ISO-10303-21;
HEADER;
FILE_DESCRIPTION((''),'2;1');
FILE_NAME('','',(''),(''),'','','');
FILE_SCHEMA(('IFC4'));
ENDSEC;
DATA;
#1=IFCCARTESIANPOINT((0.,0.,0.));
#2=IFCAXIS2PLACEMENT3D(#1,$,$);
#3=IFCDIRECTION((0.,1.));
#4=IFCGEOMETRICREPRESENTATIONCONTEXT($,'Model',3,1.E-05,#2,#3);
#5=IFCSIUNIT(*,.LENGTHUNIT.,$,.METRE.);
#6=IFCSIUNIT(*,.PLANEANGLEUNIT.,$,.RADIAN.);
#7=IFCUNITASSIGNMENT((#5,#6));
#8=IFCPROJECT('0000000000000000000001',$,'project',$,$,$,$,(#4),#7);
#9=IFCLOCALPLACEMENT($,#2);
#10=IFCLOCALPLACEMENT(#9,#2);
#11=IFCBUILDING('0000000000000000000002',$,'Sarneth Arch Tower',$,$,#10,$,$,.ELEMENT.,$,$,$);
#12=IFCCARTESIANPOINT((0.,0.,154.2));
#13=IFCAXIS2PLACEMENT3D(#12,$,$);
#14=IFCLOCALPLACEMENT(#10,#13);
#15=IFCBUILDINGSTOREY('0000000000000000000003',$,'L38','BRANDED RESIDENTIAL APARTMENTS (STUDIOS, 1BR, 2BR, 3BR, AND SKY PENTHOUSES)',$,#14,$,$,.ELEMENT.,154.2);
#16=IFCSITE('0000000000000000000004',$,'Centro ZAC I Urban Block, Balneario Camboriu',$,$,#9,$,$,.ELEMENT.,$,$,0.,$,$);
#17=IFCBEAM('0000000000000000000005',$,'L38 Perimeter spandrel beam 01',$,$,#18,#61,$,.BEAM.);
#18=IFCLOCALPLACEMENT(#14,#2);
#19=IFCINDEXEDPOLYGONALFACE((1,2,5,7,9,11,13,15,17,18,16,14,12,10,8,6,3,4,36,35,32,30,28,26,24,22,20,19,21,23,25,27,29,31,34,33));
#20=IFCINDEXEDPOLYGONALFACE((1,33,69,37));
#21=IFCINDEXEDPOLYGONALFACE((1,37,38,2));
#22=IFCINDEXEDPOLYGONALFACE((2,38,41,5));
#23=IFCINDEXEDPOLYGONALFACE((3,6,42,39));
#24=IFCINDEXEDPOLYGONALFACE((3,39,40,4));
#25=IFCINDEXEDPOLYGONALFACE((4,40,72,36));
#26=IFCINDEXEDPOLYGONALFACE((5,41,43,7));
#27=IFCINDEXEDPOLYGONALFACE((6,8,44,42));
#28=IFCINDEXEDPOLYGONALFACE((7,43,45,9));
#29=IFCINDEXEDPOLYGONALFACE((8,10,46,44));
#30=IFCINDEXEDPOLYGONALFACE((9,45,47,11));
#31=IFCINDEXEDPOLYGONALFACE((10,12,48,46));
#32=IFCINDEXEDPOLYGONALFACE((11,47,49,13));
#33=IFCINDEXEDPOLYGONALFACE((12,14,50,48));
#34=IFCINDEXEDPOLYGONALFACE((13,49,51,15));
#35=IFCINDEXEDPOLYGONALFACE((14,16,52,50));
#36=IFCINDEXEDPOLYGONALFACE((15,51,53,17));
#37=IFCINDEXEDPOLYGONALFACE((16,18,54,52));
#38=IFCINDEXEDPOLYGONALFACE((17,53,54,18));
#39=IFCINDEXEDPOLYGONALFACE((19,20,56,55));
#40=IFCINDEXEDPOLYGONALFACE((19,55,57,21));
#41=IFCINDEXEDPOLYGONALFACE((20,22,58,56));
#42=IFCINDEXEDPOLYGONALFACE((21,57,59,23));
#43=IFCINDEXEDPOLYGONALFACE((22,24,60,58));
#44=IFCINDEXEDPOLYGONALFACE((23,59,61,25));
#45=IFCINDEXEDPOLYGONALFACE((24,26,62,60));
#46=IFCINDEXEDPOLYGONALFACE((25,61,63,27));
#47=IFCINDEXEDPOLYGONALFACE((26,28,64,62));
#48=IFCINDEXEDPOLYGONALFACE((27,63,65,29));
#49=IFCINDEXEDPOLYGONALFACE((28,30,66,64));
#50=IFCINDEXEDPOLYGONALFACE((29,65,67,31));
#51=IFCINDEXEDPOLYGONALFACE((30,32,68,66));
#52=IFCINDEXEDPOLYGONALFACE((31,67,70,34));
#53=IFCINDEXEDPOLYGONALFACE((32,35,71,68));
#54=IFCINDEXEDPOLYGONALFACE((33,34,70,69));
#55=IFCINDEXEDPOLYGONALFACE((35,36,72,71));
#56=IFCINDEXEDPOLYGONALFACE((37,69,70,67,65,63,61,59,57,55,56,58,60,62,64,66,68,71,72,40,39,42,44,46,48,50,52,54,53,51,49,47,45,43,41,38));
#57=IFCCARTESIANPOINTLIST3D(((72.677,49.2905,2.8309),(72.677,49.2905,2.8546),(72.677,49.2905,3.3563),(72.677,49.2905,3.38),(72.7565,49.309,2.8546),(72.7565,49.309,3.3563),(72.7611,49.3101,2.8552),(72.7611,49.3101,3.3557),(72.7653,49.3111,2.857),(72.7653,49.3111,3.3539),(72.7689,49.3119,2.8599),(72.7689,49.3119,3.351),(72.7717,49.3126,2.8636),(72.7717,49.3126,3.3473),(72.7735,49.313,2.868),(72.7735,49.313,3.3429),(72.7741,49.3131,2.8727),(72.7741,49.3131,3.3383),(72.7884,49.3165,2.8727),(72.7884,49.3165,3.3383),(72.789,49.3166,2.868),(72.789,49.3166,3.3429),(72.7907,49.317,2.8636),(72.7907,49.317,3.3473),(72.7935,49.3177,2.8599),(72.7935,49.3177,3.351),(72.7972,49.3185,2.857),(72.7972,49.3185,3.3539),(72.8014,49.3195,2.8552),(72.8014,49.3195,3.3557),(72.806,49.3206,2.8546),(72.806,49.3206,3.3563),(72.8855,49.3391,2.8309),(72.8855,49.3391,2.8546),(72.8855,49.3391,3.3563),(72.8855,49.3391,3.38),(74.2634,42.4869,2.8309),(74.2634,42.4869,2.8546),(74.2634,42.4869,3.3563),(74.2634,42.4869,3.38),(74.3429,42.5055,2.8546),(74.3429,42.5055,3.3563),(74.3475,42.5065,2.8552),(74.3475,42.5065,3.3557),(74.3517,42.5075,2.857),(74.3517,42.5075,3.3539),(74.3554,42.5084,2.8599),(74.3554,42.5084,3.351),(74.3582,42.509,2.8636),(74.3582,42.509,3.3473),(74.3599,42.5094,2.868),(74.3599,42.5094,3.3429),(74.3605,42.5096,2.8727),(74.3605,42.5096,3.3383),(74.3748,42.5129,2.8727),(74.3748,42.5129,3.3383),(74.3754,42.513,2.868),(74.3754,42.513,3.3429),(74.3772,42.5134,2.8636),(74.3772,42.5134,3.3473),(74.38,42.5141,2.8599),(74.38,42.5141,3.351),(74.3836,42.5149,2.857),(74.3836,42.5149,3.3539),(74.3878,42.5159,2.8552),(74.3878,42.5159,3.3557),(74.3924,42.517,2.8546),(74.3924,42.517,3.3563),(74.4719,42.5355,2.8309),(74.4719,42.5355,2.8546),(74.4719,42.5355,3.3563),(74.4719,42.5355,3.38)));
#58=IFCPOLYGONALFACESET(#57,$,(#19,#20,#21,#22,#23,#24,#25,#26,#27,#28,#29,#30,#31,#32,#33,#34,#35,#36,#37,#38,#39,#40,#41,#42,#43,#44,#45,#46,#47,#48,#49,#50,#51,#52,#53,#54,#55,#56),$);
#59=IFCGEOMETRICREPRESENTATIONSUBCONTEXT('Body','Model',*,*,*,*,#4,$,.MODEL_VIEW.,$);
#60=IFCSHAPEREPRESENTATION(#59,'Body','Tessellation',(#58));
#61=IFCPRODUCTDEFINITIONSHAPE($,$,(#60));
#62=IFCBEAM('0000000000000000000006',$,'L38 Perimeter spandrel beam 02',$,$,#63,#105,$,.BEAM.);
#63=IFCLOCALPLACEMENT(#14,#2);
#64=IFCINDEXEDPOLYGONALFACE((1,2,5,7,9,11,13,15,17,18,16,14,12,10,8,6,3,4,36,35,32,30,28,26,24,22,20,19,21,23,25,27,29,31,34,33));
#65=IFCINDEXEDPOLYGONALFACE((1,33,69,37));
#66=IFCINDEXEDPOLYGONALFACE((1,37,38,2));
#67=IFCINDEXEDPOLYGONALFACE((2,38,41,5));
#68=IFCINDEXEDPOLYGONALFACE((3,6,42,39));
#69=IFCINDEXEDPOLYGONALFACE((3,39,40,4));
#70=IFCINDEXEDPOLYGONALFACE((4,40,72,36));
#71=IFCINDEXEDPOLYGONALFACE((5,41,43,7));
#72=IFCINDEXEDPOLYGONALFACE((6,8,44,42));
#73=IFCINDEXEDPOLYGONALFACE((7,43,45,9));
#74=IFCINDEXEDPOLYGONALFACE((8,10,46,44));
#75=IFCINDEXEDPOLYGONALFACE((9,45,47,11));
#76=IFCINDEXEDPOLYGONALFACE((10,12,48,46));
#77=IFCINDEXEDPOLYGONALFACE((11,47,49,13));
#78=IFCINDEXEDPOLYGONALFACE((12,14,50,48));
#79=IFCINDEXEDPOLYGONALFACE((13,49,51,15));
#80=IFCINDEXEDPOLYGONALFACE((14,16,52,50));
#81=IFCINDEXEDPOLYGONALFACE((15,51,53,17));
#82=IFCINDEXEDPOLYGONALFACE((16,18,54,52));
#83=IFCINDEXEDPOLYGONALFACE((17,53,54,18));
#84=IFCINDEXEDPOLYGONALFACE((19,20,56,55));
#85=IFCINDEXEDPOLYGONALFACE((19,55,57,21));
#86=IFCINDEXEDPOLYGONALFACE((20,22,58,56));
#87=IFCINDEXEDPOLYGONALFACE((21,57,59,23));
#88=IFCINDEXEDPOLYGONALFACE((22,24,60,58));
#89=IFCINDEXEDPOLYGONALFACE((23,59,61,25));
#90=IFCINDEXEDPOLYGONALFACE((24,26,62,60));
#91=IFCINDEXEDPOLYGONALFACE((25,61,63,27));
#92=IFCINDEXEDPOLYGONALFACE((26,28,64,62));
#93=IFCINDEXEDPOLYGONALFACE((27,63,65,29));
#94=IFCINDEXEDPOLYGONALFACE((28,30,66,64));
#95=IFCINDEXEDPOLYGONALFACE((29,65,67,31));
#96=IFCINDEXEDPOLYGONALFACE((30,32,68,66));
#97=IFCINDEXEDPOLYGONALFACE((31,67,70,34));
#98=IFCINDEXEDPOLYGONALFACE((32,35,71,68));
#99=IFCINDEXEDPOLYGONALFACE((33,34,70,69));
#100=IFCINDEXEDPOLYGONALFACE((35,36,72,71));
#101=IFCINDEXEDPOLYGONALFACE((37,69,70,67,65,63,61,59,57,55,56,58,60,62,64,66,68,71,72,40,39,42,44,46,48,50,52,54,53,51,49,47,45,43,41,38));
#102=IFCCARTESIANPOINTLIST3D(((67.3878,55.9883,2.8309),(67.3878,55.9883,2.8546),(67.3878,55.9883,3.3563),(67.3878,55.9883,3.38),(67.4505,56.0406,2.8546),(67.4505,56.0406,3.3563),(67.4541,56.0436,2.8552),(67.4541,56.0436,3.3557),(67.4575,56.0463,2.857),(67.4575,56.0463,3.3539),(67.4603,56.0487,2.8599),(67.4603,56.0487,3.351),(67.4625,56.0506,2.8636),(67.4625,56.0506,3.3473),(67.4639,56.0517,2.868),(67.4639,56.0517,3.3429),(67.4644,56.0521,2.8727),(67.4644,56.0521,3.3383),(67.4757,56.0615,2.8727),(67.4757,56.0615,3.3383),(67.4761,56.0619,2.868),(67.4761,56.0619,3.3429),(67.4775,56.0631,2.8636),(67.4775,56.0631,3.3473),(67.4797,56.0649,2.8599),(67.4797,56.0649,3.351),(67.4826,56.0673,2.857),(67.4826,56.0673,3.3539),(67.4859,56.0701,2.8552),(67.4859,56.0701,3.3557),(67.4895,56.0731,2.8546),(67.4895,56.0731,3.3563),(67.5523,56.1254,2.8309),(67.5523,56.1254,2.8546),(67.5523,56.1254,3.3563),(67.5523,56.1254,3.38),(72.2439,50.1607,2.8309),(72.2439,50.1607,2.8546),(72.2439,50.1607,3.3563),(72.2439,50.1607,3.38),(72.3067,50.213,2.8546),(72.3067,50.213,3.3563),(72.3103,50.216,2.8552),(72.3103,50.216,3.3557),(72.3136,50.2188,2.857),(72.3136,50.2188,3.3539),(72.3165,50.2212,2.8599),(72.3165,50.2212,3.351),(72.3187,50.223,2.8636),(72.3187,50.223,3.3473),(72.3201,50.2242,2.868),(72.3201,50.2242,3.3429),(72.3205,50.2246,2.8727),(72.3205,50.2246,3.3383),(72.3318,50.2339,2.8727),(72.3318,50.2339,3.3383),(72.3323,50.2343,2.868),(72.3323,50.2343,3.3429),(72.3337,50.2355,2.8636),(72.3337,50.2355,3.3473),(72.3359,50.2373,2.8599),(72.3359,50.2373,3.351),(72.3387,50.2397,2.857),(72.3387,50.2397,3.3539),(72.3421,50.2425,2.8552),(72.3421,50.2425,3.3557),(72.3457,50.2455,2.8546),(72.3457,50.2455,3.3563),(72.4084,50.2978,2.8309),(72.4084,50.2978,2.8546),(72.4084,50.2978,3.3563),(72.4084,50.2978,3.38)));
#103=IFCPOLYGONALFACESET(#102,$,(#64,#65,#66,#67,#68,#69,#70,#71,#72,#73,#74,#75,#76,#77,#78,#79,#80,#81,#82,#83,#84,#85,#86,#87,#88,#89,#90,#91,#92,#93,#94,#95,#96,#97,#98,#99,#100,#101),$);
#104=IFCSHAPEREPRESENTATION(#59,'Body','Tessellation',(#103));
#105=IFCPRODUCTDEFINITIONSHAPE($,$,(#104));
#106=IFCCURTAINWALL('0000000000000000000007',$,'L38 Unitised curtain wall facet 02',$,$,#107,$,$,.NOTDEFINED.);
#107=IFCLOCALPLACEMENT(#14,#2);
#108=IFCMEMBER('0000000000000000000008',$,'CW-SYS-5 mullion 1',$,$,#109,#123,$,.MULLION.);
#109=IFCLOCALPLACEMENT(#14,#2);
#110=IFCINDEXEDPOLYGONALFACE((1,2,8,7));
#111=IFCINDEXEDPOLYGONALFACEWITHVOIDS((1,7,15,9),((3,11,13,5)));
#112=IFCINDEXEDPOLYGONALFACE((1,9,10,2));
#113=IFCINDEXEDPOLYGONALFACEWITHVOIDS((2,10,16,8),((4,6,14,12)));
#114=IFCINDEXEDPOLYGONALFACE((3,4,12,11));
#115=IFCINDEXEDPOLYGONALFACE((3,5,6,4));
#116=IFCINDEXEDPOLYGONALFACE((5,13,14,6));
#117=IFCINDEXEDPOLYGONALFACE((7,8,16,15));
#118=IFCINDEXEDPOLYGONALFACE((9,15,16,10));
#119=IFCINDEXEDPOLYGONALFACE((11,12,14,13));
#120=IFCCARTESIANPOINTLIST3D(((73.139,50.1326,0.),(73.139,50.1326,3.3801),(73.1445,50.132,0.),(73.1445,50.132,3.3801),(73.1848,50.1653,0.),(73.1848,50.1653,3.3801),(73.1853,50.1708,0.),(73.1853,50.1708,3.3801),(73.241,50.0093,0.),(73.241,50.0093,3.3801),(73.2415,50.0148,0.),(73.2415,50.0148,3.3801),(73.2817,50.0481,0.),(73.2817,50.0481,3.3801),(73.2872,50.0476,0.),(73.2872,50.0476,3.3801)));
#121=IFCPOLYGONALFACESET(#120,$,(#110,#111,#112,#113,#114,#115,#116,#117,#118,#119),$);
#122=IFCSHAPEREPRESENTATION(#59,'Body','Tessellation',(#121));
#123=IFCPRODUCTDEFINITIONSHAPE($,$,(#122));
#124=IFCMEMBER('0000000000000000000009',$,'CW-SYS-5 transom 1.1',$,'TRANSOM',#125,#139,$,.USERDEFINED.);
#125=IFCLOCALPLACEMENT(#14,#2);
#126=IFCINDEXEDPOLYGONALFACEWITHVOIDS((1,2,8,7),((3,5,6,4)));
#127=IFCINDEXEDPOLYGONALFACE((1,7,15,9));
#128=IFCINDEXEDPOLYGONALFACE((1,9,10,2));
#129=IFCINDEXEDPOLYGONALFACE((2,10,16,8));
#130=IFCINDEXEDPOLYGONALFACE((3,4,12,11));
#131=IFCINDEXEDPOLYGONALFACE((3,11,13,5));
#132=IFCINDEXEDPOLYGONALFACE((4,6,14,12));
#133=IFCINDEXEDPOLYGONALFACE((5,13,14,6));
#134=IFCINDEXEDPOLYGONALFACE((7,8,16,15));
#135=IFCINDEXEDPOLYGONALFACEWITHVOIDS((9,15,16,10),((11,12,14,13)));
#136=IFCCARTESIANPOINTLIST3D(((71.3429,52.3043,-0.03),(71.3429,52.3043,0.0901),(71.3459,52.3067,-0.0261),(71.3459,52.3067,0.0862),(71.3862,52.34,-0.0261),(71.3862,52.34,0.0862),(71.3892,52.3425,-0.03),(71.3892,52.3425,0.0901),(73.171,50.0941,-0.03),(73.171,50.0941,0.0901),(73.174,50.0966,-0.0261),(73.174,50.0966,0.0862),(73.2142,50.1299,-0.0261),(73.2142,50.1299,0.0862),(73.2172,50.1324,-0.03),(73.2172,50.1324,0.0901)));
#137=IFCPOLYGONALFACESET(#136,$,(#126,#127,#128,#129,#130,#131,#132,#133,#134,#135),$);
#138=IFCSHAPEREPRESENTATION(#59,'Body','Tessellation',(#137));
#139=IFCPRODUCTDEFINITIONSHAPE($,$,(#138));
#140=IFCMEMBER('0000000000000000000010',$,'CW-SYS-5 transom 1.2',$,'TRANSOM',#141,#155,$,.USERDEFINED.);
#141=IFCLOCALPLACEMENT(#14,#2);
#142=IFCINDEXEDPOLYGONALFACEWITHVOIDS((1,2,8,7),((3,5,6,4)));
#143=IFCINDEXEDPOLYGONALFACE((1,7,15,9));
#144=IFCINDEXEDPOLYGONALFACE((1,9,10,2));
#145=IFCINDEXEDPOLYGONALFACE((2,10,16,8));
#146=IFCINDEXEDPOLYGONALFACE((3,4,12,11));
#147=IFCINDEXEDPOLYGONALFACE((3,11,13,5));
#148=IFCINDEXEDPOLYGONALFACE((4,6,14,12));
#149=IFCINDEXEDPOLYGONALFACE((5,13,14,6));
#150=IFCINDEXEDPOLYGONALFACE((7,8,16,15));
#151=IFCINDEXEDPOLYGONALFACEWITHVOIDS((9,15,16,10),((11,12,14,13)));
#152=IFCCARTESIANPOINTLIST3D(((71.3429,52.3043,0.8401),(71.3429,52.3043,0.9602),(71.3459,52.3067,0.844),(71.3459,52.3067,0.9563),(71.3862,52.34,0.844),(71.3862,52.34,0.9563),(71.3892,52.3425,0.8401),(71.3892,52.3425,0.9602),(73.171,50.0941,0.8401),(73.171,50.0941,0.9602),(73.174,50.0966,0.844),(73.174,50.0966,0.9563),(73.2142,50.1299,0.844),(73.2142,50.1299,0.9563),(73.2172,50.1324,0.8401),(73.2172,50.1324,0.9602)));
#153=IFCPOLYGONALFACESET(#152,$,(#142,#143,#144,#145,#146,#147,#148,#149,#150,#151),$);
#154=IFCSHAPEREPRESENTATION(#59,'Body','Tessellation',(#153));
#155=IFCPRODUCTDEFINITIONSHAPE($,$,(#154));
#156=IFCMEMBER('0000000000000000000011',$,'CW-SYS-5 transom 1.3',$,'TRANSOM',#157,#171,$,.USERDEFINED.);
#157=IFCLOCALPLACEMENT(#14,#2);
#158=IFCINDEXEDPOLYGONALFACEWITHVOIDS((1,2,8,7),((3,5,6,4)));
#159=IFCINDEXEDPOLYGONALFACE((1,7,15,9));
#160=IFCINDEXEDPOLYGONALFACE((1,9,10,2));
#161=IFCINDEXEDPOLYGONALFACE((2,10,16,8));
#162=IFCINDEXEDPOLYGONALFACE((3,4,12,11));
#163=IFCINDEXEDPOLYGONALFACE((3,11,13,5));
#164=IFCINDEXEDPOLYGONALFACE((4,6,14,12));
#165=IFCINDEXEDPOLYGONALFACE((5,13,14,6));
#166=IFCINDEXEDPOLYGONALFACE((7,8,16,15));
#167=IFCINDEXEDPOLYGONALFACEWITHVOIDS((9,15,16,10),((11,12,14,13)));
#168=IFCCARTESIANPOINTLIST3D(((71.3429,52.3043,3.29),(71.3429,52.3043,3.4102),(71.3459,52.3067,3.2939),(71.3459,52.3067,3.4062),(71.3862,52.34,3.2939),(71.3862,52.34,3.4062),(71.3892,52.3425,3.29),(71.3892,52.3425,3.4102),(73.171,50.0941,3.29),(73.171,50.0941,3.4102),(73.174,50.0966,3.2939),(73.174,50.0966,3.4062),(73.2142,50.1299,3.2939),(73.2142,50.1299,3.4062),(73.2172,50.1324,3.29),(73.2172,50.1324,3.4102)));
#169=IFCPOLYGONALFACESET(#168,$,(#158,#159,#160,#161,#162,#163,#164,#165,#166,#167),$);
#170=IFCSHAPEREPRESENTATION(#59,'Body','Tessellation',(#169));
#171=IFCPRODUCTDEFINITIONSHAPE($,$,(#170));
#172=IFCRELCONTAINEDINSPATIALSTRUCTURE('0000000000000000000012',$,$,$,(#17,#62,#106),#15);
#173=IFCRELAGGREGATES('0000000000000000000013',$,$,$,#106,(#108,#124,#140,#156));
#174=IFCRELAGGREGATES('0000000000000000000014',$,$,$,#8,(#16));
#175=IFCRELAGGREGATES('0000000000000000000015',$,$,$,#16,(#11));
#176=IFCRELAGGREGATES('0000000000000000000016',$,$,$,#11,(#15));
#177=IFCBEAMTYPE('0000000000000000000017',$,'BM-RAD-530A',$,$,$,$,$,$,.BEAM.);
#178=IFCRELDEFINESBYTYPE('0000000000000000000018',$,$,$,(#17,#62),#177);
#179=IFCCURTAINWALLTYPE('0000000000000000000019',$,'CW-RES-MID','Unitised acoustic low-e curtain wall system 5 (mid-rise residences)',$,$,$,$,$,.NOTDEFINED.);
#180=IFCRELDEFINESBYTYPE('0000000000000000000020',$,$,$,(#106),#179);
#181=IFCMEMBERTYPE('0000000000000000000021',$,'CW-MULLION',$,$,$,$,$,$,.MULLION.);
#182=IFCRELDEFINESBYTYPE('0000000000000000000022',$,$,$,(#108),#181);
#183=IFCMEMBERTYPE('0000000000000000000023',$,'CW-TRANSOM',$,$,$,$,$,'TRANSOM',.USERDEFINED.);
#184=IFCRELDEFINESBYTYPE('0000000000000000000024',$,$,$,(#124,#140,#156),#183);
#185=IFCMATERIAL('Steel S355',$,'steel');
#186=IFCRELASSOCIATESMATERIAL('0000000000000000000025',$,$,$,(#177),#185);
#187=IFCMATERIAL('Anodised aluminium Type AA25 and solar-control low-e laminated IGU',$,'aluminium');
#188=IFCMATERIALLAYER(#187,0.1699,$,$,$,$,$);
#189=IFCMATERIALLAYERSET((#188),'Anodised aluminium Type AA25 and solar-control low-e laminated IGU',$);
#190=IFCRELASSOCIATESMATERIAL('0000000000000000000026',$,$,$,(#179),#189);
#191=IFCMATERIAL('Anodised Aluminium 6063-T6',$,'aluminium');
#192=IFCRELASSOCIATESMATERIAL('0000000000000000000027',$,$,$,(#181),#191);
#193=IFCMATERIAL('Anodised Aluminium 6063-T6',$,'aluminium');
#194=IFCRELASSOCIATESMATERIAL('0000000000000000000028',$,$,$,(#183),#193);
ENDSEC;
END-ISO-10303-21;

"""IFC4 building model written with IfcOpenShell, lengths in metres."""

from ifc_helpers import new_model, si_unit, direction, frame, origin, origin_2d, place, context, subcontext, project, spatial, hollow_rectangle, i_section, extrude, material, layer, layer_set, material_profile, profile_set, type_object, element, aggregate, save


model = new_model("IFC4")

# Units and contexts
model_context = context("Model", 3, precision=1e-05, world=origin(), true_north=direction((0.0, 1.0)))
body_context = subcontext(model_context, "Body", "Model", "MODEL_VIEW")
ifc_project = project(units=[si_unit("LENGTHUNIT", "METRE"), si_unit("PLANEANGLEUNIT", "RADIAN")], contexts=[model_context])

# Site, building, storey
site_placement = place(None, origin())
site = spatial("IfcSite", under=ifc_project, at=site_placement, Name="Centro ZAC I Urban Block, Balneario Camboriu", CompositionType="ELEMENT", RefElevation=0.0)
building_placement = place(site_placement, origin())
building = spatial("IfcBuilding", under=site, at=building_placement, Name="Sarneth Arch Tower", CompositionType="ELEMENT")
storey_placement = place(building_placement, frame((0.0, 0.0, 154.2)))
storey = spatial("IfcBuildingStorey", under=building, at=storey_placement, Name="L38", Description="BRANDED RESIDENTIAL APARTMENTS (STUDIOS, 1BR, 2BR, 3BR, AND SKY PENTHOUSES)", CompositionType="ELEMENT", Elevation=154.2)

# Beams
ifc_material_1 = material(Name="Steel S355", Category="steel")
ifc_material_profile_1 = material_profile(ifc_material_1, i_section(OverallWidth=0.2141, OverallDepth=0.5491, WebThickness=0.0146, FlangeThickness=0.0237, FilletRadius=0.0181, at=origin_2d()), Name="W530x138")
ifc_profile_set_1 = profile_set([ifc_material_profile_1], Name="Steel S355")
beam_type = type_object("IfcBeamType", Name="BM-RAD-530A", PredefinedType="BEAM", material=ifc_profile_set_1)
beam_1_placement = place(storey_placement, frame((74.3677, 42.5112, 3.1055), z_axis=(-0.227087, 0.973874, 0.0), x_axis=(-0.973874, -0.227087, 0.0)))
element("IfcBeam", 1, at=beam_1_placement, inside=storey, type_object=beam_type, Name="L38 Perimeter spandrel beam 01", PredefinedType="BEAM", context=body_context, shape_type="SweptSolid", body=[
    extrude(i_section(OverallWidth=0.2141, OverallDepth=0.5491, WebThickness=0.0146, FlangeThickness=0.0237, FilletRadius=0.0181, at=origin_2d()), origin(), (0.0, 0.0, 1.0), 6.9861),
])
beam_2_placement = place(storey_placement, frame((72.3262, 50.2292, 3.1055), z_axis=(-0.640172, 0.768232, 0.0), x_axis=(-0.768232, -0.640172, 0.0)))
element("IfcBeam", 2, at=beam_2_placement, inside=storey, type_object=beam_type, Name="L38 Perimeter spandrel beam 02", PredefinedType="BEAM", context=body_context, shape_type="SweptSolid", body=[
    extrude(i_section(OverallWidth=0.2141, OverallDepth=0.5491, WebThickness=0.0146, FlangeThickness=0.0237, FilletRadius=0.0181, at=origin_2d()), origin(), (0.0, 0.0, 1.0), 7.5857),
])

# Curtain wall, members
ifc_material_2 = material(Name="Anodised aluminium Type AA25 and solar-control low-e laminated IGU", Category="aluminium")
ifc_layer_1 = layer(ifc_material_2, 0.1699)
ifc_layer_set_1 = layer_set([ifc_layer_1], Name="Anodised aluminium Type AA25 and solar-control low-e laminated IGU")
curtain_wall_type = type_object("IfcCurtainWallType", Name="CW-RES-MID", Description="Unitised acoustic low-e curtain wall system 5 (mid-rise residences)", PredefinedType="NOTDEFINED", material=ifc_layer_set_1)
curtain_wall_placement = place(storey_placement, origin())
curtain_wall = element("IfcCurtainWall", 3, at=curtain_wall_placement, inside=storey, type_object=curtain_wall_type, Name="L38 Unitised curtain wall facet 02", PredefinedType="NOTDEFINED")
ifc_material_3 = material(Name="Anodised Aluminium 6063-T6", Category="aluminium")
ifc_material_profile_2 = material_profile(ifc_material_3, hollow_rectangle(XDim=0.0601, YDim=0.1599, WallThickness=0.0039, at=origin_2d()), Name="AL-MULL-160x60x4")
ifc_profile_set_2 = profile_set([ifc_material_profile_2], Name="Anodised Aluminium 6063-T6")
member_type_1 = type_object("IfcMemberType", Name="CW-MULLION", PredefinedType="MULLION", material=ifc_profile_set_2)
member_1_placement = place(storey_placement, frame((73.2131, 50.0901, 0.0), z_axis=(0.0, 0.0, 1.0), x_axis=(-0.770591, -0.63733, 0.0)))
member_1 = element("IfcMember", 4, at=member_1_placement, type_object=member_type_1, Name="CW-SYS-5 mullion 1", PredefinedType="MULLION", context=body_context, shape_type="SweptSolid", body=[
    extrude(hollow_rectangle(XDim=0.0601, YDim=0.1599, WallThickness=0.0039, at=origin_2d()), origin(), (0.0, 0.0, 1.0), 3.3801),
])
ifc_material_4 = material(Name="Anodised Aluminium 6063-T6", Category="aluminium")
ifc_material_profile_3 = material_profile(ifc_material_4, hollow_rectangle(XDim=0.0601, YDim=0.1201, WallThickness=0.0039, at=origin_2d()), Name="AL-TRAN-120x60x4")
ifc_profile_set_3 = profile_set([ifc_material_profile_3], Name="Anodised Aluminium 6063-T6")
member_type_2 = type_object("IfcMemberType", Name="CW-TRANSOM", ElementType="TRANSOM", PredefinedType="USERDEFINED", material=ifc_profile_set_3)
member_2_placement = place(storey_placement, frame((73.1941, 50.1133, 0.03), z_axis=(-0.637359, 0.770567, 0.0), x_axis=(-0.770567, -0.637359, 0.0)))
member_2 = element("IfcMember", 5, at=member_2_placement, type_object=member_type_2, Name="CW-SYS-5 transom 1.1", ObjectType="TRANSOM", PredefinedType="USERDEFINED", context=body_context, shape_type="SweptSolid", body=[
    extrude(hollow_rectangle(XDim=0.0601, YDim=0.1201, WallThickness=0.0039, at=origin_2d()), origin(), (0.0, 0.0, 1.0), 2.8682),
])
member_3_placement = place(storey_placement, frame((73.1941, 50.1133, 0.9001), z_axis=(-0.637359, 0.770567, 0.0), x_axis=(-0.770567, -0.637359, 0.0)))
member_3 = element("IfcMember", 6, at=member_3_placement, type_object=member_type_2, Name="CW-SYS-5 transom 1.2", ObjectType="TRANSOM", PredefinedType="USERDEFINED", context=body_context, shape_type="SweptSolid", body=[
    extrude(hollow_rectangle(XDim=0.0601, YDim=0.1201, WallThickness=0.0039, at=origin_2d()), origin(), (0.0, 0.0, 1.0), 2.8682),
])
member_4_placement = place(storey_placement, frame((73.1941, 50.1133, 3.3501), z_axis=(-0.637359, 0.770567, 0.0), x_axis=(-0.770567, -0.637359, 0.0)))
member_4 = element("IfcMember", 7, at=member_4_placement, type_object=member_type_2, Name="CW-SYS-5 transom 1.3", ObjectType="TRANSOM", PredefinedType="USERDEFINED", context=body_context, shape_type="SweptSolid", body=[
    extrude(hollow_rectangle(XDim=0.0601, YDim=0.1201, WallThickness=0.0039, at=origin_2d()), origin(), (0.0, 0.0, 1.0), 2.8682),
])
aggregate(curtain_wall, [member_1, member_2, member_3, member_4])

save(model, "model.ifc")
